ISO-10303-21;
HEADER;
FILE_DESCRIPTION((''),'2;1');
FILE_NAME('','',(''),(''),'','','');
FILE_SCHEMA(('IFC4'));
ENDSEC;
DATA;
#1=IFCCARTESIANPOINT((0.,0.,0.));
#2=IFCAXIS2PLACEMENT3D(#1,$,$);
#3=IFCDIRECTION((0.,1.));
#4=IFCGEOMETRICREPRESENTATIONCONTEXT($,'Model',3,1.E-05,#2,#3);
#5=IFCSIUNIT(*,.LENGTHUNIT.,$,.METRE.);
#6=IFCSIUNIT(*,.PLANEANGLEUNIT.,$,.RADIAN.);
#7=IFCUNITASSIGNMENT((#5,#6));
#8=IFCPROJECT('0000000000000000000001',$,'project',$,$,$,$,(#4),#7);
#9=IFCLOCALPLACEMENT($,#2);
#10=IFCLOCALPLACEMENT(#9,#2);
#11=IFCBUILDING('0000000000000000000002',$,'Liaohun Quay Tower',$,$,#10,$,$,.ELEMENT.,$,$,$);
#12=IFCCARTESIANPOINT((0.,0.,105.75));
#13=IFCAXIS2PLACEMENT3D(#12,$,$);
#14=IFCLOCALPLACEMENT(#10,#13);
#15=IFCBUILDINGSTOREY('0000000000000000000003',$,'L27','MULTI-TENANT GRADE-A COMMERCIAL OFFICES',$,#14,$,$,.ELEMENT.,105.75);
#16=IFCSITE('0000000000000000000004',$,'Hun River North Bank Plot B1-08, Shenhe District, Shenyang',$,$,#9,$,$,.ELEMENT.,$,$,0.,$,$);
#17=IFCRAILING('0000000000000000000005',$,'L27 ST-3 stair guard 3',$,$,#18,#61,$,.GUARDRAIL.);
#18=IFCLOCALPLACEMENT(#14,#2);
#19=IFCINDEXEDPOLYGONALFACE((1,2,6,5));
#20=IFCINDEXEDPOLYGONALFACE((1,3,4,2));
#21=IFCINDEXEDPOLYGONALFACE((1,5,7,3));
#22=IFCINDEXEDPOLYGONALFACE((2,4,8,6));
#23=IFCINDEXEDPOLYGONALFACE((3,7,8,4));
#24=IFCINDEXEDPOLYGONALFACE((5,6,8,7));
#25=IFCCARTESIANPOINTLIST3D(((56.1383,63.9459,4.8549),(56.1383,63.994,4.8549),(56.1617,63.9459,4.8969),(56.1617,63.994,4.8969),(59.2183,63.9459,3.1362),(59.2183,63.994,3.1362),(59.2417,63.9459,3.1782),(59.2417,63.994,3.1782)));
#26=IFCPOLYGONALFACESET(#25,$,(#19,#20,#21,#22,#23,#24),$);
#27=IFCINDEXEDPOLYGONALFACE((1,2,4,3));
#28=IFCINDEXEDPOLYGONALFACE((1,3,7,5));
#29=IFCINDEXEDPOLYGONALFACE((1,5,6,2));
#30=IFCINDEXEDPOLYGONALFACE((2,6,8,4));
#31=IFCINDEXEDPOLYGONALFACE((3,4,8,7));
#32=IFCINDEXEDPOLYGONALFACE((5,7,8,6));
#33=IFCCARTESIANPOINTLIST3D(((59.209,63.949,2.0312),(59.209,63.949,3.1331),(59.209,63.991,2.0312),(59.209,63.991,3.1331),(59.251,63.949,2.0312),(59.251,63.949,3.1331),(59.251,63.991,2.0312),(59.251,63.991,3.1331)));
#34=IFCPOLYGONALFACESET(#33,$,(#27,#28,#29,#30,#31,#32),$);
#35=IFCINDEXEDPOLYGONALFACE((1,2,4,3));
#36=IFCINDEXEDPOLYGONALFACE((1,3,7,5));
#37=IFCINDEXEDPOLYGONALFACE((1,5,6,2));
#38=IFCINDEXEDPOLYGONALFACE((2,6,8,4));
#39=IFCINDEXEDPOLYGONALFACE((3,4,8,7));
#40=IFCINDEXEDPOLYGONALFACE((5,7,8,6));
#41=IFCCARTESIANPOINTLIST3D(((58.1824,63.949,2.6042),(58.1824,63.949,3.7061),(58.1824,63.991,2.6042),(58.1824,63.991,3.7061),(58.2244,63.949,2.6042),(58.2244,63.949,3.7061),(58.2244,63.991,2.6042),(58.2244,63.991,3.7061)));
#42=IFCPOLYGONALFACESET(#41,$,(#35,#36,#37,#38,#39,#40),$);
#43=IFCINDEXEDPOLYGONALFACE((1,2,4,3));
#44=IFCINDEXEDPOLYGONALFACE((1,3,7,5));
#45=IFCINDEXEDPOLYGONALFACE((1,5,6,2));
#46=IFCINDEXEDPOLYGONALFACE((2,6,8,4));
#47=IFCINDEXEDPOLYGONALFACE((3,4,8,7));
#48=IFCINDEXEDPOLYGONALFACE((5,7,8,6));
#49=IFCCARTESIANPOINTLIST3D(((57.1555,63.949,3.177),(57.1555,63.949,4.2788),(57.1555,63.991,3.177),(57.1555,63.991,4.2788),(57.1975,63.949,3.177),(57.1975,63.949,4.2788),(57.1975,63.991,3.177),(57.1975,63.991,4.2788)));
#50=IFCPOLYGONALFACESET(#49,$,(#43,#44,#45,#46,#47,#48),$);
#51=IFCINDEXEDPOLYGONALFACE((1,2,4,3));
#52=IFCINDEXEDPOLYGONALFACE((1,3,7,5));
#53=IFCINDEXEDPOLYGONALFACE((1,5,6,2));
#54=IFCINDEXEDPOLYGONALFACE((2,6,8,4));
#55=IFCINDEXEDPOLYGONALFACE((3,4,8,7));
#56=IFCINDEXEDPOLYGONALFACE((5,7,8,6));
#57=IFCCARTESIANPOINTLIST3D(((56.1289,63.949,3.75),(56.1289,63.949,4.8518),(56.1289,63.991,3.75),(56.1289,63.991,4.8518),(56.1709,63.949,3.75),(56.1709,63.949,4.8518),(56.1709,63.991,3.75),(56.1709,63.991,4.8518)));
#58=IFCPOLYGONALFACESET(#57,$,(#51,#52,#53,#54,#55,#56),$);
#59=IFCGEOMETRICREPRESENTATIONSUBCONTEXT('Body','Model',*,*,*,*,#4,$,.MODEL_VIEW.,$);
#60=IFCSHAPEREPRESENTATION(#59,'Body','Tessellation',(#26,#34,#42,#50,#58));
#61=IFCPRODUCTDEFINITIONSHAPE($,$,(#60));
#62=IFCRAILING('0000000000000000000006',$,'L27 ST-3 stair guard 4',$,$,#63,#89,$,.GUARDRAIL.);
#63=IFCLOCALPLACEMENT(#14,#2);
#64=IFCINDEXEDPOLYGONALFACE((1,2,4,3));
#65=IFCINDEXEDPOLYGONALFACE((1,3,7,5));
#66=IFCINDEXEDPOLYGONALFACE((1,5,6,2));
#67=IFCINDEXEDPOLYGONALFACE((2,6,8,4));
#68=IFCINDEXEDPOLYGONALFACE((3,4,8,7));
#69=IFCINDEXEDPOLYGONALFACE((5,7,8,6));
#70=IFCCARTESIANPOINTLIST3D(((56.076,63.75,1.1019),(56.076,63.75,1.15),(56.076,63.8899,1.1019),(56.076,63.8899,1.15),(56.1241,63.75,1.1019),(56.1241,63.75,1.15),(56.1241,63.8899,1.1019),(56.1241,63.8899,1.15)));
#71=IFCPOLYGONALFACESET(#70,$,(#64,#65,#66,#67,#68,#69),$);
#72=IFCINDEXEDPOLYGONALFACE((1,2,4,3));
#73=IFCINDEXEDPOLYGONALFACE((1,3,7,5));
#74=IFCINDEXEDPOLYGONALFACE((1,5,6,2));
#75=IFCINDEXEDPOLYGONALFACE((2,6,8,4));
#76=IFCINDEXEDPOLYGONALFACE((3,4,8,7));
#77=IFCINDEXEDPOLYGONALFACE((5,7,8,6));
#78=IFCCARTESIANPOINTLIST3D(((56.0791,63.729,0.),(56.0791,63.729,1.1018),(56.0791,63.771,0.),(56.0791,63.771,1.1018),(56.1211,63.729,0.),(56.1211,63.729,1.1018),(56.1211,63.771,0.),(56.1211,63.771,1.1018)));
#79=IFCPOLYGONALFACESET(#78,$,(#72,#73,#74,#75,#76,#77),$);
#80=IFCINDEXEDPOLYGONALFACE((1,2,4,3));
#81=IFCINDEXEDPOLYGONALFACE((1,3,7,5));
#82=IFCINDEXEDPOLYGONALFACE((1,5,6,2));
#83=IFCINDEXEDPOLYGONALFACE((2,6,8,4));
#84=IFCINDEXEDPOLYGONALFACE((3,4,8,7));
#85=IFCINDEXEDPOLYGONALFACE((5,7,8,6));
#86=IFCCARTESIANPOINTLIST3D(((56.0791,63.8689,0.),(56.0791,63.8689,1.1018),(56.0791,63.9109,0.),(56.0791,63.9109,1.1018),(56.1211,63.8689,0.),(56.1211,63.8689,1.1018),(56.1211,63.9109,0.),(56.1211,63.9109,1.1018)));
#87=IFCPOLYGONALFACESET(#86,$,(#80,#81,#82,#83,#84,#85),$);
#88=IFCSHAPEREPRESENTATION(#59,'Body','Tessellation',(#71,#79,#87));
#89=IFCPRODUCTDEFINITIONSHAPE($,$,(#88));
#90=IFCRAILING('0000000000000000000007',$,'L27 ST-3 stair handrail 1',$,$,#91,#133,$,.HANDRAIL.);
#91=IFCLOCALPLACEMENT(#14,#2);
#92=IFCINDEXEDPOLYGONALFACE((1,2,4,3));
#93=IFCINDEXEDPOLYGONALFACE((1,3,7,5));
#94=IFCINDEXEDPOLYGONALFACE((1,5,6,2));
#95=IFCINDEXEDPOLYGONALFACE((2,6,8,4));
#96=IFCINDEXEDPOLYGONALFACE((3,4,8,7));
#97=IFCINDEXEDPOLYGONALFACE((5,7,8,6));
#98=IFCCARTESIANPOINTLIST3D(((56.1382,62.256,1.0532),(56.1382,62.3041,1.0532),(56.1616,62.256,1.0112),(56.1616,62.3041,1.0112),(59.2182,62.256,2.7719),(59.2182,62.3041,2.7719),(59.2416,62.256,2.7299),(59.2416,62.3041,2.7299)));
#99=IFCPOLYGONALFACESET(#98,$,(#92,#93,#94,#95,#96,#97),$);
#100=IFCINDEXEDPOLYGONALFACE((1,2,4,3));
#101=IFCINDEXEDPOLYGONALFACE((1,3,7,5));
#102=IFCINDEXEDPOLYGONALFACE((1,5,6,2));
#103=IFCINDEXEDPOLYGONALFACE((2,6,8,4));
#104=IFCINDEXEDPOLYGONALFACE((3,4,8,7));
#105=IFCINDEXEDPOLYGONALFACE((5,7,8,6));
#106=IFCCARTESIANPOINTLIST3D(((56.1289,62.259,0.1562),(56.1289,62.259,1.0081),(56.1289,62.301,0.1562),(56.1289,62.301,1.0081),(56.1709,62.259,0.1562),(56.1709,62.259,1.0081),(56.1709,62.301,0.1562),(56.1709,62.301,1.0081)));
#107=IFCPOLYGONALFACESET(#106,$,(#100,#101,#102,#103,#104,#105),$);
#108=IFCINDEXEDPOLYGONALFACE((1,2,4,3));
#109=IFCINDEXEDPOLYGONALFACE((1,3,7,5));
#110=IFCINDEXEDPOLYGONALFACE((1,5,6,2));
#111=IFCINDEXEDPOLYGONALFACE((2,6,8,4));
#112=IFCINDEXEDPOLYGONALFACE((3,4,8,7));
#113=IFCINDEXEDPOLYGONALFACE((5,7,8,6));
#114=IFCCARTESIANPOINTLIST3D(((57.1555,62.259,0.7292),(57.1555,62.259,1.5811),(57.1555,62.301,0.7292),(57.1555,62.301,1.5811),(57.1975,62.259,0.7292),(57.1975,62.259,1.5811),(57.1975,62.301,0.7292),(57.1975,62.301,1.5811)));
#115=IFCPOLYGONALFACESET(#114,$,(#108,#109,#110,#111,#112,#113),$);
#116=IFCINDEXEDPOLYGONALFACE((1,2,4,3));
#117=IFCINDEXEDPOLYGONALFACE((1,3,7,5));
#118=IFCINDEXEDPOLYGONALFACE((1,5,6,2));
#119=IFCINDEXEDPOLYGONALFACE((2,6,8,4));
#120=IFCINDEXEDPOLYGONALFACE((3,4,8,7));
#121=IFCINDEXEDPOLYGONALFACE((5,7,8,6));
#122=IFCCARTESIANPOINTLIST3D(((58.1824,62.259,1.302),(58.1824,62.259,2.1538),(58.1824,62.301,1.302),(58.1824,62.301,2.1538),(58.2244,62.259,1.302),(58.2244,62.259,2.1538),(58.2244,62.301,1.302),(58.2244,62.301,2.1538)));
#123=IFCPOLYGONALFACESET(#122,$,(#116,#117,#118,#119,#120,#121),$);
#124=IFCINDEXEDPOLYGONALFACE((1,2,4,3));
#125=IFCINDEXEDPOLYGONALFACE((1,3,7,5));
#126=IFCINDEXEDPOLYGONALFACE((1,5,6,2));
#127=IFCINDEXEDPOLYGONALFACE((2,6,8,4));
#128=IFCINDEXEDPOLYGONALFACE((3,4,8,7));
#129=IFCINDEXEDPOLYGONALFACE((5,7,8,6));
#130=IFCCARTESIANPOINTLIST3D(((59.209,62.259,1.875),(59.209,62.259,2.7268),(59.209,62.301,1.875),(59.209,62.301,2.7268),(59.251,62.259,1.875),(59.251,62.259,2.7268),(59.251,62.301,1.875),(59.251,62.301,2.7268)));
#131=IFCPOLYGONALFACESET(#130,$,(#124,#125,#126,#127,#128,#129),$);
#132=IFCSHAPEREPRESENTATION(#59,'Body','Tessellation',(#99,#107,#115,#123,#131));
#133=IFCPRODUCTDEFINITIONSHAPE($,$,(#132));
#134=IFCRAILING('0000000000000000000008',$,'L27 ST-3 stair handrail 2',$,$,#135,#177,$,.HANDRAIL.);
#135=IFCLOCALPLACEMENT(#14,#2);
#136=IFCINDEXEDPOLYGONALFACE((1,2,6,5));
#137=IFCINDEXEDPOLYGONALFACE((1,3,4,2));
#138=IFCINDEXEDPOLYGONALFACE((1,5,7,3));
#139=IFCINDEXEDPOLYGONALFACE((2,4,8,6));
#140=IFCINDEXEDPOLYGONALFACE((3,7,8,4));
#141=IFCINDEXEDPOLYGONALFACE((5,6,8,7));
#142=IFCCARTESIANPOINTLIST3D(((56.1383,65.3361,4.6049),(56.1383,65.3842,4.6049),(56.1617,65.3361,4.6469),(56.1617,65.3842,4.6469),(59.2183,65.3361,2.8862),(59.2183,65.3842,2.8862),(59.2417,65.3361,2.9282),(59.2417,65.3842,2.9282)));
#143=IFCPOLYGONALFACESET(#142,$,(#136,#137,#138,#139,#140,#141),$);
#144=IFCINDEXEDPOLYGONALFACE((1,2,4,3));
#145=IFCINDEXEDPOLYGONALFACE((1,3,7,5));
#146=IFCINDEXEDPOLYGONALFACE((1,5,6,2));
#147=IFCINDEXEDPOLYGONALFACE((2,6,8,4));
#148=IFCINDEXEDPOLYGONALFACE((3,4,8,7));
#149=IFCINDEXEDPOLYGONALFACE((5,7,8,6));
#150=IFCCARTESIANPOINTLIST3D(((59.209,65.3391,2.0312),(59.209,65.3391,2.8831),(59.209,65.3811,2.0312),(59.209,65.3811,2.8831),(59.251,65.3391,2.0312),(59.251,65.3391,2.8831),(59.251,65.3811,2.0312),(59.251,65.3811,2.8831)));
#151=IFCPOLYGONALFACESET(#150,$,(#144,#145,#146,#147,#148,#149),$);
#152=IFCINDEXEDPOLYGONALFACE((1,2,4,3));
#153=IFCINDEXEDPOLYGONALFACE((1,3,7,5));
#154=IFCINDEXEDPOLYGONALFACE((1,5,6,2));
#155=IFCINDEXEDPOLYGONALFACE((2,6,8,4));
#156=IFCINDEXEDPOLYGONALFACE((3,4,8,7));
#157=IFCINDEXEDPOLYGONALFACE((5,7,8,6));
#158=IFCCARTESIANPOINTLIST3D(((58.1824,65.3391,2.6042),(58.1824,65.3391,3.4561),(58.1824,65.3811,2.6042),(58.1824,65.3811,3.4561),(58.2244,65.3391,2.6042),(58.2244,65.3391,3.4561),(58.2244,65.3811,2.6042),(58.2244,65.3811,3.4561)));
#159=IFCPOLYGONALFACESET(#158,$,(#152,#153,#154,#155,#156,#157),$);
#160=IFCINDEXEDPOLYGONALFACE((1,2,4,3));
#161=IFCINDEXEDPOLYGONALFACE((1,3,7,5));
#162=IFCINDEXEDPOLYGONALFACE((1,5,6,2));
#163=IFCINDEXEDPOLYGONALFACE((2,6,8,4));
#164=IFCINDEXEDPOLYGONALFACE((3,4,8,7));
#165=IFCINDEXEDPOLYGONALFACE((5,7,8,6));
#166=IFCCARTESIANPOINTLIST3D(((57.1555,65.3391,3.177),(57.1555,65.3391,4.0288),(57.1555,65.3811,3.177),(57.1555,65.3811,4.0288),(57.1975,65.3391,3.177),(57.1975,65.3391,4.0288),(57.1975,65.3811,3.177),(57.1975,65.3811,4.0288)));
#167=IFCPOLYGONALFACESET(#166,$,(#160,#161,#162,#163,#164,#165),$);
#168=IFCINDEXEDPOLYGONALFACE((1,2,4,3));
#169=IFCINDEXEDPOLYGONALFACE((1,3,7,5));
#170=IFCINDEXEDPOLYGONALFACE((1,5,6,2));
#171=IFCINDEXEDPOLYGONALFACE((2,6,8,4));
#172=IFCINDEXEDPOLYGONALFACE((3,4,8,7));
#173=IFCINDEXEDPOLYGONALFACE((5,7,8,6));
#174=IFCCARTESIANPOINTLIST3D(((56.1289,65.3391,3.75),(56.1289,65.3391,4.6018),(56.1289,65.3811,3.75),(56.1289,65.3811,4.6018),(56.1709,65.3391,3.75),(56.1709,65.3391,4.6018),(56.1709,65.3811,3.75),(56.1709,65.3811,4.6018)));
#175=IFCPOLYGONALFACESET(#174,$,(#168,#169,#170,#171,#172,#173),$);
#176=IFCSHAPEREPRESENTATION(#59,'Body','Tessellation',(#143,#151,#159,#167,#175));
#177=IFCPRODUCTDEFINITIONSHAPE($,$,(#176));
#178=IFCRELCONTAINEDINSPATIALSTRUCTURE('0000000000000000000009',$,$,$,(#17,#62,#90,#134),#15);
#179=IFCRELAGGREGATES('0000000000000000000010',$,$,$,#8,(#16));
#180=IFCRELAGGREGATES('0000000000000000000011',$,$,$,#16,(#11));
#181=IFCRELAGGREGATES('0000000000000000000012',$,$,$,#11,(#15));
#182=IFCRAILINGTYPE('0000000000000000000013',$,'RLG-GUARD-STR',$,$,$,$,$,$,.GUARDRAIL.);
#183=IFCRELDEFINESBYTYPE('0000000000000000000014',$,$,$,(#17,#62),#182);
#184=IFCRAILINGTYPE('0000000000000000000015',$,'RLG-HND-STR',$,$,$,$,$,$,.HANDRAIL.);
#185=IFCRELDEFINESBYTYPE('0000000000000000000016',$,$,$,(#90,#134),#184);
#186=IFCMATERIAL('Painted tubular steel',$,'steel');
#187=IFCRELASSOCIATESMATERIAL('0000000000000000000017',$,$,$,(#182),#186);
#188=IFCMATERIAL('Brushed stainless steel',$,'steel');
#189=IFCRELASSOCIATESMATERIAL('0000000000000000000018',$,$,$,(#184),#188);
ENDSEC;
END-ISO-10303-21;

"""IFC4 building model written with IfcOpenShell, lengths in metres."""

from ifc_helpers import new_model, si_unit, direction, frame, origin, origin_2d, place, context, subcontext, project, spatial, rectangle, extrude, material, type_object, element, save


model = new_model("IFC4")

# Units and contexts
model_context = context("Model", 3, precision=1e-05, world=origin(), true_north=direction((0.0, 1.0)))
body_context = subcontext(model_context, "Body", "Model", "MODEL_VIEW")
ifc_project = project(units=[si_unit("LENGTHUNIT", "METRE"), si_unit("PLANEANGLEUNIT", "RADIAN")], contexts=[model_context])

# Site, building, storey
site_placement = place(None, origin())
site = spatial("IfcSite", under=ifc_project, at=site_placement, Name="Hun River North Bank Plot B1-08, Shenhe District, Shenyang", CompositionType="ELEMENT", RefElevation=0.0)
building_placement = place(site_placement, origin())
building = spatial("IfcBuilding", under=site, at=building_placement, Name="Liaohun Quay Tower", CompositionType="ELEMENT")
storey_placement = place(building_placement, frame((0.0, 0.0, 105.75)))
storey = spatial("IfcBuildingStorey", under=building, at=storey_placement, Name="L27", Description="MULTI-TENANT GRADE-A COMMERCIAL OFFICES", CompositionType="ELEMENT", Elevation=105.75)

# Railings
ifc_material_1 = material(Name="Painted tubular steel", Category="steel")
railing_type_1 = type_object("IfcRailingType", Name="RLG-GUARD-STR", PredefinedType="GUARDRAIL", material=ifc_material_1)
railing_1_placement = place(storey_placement, frame((59.23, 63.97, 2.0312)))
element("IfcRailing", 1, at=railing_1_placement, inside=storey, type_object=railing_type_1, Name="L27 ST-3 stair guard 3", PredefinedType="GUARDRAIL", context=body_context, shape_type="SweptSolid", body=[
    extrude(rectangle(XDim=0.0481, YDim=0.0481, at=origin_2d()), frame((0.0, 0.0, 1.126), z_axis=(-0.873242, 0.0, 0.487288), x_axis=(0.0, -1.0, 0.0)), (0.0, 0.0, 1.0), 3.5271),
    extrude(rectangle(XDim=0.042, YDim=0.042, at=origin_2d()), origin(), (0.0, 0.0, 1.0), 1.1018),
    extrude(rectangle(XDim=0.042, YDim=0.042, at=origin_2d()), frame((-1.0266, 0.0, 0.573)), (0.0, 0.0, 1.0), 1.1018),
    extrude(rectangle(XDim=0.042, YDim=0.042, at=origin_2d()), frame((-2.0535, 0.0, 1.1458)), (0.0, 0.0, 1.0), 1.1018),
    extrude(rectangle(XDim=0.042, YDim=0.042, at=origin_2d()), frame((-3.0801, 0.0, 1.7188)), (0.0, 0.0, 1.0), 1.1018),
])
railing_2_placement = place(storey_placement, frame((56.1001, 63.75, 0.0)))
element("IfcRailing", 2, at=railing_2_placement, inside=storey, type_object=railing_type_1, Name="L27 ST-3 stair guard 4", PredefinedType="GUARDRAIL", context=body_context, shape_type="SweptSolid", body=[
    extrude(rectangle(XDim=0.0481, YDim=0.0481, at=origin_2d()), frame((0.0, 0.0, 1.126), z_axis=(0.0, 1.0, 0.0), x_axis=(-1.0, 0.0, 0.0)), (0.0, 0.0, 1.0), 0.1399),
    extrude(rectangle(XDim=0.042, YDim=0.042, at=origin_2d()), origin(), (0.0, 0.0, 1.0), 1.1018),
    extrude(rectangle(XDim=0.042, YDim=0.042, at=origin_2d()), frame((0.0, 0.1399, 0.0)), (0.0, 0.0, 1.0), 1.1018),
])
ifc_material_2 = material(Name="Brushed stainless steel", Category="steel")
railing_type_2 = type_object("IfcRailingType", Name="RLG-HND-STR", PredefinedType="HANDRAIL", material=ifc_material_2)
railing_3_placement = place(storey_placement, frame((56.1499, 62.28, 0.1562)))
element("IfcRailing", 3, at=railing_3_placement, inside=storey, type_object=railing_type_2, Name="L27 ST-3 stair handrail 1", PredefinedType="HANDRAIL", context=body_context, shape_type="SweptSolid", body=[
    extrude(rectangle(XDim=0.0481, YDim=0.0481, at=origin_2d()), frame((0.0, 0.0, 0.876), z_axis=(0.873242, 0.0, 0.487288), x_axis=(0.0, 1.0, 0.0)), (0.0, 0.0, 1.0), 3.5271),
    extrude(rectangle(XDim=0.042, YDim=0.042, at=origin_2d()), origin(), (0.0, 0.0, 1.0), 0.8518),
    extrude(rectangle(XDim=0.042, YDim=0.042, at=origin_2d()), frame((1.0266, 0.0, 0.573)), (0.0, 0.0, 1.0), 0.8518),
    extrude(rectangle(XDim=0.042, YDim=0.042, at=origin_2d()), frame((2.0535, 0.0, 1.1458)), (0.0, 0.0, 1.0), 0.8518),
    extrude(rectangle(XDim=0.042, YDim=0.042, at=origin_2d()), frame((3.0801, 0.0, 1.7188)), (0.0, 0.0, 1.0), 0.8518),
])
railing_4_placement = place(storey_placement, frame((59.23, 65.3601, 2.0312)))
element("IfcRailing", 4, at=railing_4_placement, inside=storey, type_object=railing_type_2, Name="L27 ST-3 stair handrail 2", PredefinedType="HANDRAIL", context=body_context, shape_type="SweptSolid", body=[
    extrude(rectangle(XDim=0.0481, YDim=0.0481, at=origin_2d()), frame((0.0, 0.0, 0.876), z_axis=(-0.873242, 0.0, 0.487288), x_axis=(0.0, -1.0, 0.0)), (0.0, 0.0, 1.0), 3.5271),
    extrude(rectangle(XDim=0.042, YDim=0.042, at=origin_2d()), origin(), (0.0, 0.0, 1.0), 0.8518),
    extrude(rectangle(XDim=0.042, YDim=0.042, at=origin_2d()), frame((-1.0266, 0.0, 0.573)), (0.0, 0.0, 1.0), 0.8518),
    extrude(rectangle(XDim=0.042, YDim=0.042, at=origin_2d()), frame((-2.0535, 0.0, 1.1458)), (0.0, 0.0, 1.0), 0.8518),
    extrude(rectangle(XDim=0.042, YDim=0.042, at=origin_2d()), frame((-3.0801, 0.0, 1.7188)), (0.0, 0.0, 1.0), 0.8518),
])

save(model, "model.ifc")
